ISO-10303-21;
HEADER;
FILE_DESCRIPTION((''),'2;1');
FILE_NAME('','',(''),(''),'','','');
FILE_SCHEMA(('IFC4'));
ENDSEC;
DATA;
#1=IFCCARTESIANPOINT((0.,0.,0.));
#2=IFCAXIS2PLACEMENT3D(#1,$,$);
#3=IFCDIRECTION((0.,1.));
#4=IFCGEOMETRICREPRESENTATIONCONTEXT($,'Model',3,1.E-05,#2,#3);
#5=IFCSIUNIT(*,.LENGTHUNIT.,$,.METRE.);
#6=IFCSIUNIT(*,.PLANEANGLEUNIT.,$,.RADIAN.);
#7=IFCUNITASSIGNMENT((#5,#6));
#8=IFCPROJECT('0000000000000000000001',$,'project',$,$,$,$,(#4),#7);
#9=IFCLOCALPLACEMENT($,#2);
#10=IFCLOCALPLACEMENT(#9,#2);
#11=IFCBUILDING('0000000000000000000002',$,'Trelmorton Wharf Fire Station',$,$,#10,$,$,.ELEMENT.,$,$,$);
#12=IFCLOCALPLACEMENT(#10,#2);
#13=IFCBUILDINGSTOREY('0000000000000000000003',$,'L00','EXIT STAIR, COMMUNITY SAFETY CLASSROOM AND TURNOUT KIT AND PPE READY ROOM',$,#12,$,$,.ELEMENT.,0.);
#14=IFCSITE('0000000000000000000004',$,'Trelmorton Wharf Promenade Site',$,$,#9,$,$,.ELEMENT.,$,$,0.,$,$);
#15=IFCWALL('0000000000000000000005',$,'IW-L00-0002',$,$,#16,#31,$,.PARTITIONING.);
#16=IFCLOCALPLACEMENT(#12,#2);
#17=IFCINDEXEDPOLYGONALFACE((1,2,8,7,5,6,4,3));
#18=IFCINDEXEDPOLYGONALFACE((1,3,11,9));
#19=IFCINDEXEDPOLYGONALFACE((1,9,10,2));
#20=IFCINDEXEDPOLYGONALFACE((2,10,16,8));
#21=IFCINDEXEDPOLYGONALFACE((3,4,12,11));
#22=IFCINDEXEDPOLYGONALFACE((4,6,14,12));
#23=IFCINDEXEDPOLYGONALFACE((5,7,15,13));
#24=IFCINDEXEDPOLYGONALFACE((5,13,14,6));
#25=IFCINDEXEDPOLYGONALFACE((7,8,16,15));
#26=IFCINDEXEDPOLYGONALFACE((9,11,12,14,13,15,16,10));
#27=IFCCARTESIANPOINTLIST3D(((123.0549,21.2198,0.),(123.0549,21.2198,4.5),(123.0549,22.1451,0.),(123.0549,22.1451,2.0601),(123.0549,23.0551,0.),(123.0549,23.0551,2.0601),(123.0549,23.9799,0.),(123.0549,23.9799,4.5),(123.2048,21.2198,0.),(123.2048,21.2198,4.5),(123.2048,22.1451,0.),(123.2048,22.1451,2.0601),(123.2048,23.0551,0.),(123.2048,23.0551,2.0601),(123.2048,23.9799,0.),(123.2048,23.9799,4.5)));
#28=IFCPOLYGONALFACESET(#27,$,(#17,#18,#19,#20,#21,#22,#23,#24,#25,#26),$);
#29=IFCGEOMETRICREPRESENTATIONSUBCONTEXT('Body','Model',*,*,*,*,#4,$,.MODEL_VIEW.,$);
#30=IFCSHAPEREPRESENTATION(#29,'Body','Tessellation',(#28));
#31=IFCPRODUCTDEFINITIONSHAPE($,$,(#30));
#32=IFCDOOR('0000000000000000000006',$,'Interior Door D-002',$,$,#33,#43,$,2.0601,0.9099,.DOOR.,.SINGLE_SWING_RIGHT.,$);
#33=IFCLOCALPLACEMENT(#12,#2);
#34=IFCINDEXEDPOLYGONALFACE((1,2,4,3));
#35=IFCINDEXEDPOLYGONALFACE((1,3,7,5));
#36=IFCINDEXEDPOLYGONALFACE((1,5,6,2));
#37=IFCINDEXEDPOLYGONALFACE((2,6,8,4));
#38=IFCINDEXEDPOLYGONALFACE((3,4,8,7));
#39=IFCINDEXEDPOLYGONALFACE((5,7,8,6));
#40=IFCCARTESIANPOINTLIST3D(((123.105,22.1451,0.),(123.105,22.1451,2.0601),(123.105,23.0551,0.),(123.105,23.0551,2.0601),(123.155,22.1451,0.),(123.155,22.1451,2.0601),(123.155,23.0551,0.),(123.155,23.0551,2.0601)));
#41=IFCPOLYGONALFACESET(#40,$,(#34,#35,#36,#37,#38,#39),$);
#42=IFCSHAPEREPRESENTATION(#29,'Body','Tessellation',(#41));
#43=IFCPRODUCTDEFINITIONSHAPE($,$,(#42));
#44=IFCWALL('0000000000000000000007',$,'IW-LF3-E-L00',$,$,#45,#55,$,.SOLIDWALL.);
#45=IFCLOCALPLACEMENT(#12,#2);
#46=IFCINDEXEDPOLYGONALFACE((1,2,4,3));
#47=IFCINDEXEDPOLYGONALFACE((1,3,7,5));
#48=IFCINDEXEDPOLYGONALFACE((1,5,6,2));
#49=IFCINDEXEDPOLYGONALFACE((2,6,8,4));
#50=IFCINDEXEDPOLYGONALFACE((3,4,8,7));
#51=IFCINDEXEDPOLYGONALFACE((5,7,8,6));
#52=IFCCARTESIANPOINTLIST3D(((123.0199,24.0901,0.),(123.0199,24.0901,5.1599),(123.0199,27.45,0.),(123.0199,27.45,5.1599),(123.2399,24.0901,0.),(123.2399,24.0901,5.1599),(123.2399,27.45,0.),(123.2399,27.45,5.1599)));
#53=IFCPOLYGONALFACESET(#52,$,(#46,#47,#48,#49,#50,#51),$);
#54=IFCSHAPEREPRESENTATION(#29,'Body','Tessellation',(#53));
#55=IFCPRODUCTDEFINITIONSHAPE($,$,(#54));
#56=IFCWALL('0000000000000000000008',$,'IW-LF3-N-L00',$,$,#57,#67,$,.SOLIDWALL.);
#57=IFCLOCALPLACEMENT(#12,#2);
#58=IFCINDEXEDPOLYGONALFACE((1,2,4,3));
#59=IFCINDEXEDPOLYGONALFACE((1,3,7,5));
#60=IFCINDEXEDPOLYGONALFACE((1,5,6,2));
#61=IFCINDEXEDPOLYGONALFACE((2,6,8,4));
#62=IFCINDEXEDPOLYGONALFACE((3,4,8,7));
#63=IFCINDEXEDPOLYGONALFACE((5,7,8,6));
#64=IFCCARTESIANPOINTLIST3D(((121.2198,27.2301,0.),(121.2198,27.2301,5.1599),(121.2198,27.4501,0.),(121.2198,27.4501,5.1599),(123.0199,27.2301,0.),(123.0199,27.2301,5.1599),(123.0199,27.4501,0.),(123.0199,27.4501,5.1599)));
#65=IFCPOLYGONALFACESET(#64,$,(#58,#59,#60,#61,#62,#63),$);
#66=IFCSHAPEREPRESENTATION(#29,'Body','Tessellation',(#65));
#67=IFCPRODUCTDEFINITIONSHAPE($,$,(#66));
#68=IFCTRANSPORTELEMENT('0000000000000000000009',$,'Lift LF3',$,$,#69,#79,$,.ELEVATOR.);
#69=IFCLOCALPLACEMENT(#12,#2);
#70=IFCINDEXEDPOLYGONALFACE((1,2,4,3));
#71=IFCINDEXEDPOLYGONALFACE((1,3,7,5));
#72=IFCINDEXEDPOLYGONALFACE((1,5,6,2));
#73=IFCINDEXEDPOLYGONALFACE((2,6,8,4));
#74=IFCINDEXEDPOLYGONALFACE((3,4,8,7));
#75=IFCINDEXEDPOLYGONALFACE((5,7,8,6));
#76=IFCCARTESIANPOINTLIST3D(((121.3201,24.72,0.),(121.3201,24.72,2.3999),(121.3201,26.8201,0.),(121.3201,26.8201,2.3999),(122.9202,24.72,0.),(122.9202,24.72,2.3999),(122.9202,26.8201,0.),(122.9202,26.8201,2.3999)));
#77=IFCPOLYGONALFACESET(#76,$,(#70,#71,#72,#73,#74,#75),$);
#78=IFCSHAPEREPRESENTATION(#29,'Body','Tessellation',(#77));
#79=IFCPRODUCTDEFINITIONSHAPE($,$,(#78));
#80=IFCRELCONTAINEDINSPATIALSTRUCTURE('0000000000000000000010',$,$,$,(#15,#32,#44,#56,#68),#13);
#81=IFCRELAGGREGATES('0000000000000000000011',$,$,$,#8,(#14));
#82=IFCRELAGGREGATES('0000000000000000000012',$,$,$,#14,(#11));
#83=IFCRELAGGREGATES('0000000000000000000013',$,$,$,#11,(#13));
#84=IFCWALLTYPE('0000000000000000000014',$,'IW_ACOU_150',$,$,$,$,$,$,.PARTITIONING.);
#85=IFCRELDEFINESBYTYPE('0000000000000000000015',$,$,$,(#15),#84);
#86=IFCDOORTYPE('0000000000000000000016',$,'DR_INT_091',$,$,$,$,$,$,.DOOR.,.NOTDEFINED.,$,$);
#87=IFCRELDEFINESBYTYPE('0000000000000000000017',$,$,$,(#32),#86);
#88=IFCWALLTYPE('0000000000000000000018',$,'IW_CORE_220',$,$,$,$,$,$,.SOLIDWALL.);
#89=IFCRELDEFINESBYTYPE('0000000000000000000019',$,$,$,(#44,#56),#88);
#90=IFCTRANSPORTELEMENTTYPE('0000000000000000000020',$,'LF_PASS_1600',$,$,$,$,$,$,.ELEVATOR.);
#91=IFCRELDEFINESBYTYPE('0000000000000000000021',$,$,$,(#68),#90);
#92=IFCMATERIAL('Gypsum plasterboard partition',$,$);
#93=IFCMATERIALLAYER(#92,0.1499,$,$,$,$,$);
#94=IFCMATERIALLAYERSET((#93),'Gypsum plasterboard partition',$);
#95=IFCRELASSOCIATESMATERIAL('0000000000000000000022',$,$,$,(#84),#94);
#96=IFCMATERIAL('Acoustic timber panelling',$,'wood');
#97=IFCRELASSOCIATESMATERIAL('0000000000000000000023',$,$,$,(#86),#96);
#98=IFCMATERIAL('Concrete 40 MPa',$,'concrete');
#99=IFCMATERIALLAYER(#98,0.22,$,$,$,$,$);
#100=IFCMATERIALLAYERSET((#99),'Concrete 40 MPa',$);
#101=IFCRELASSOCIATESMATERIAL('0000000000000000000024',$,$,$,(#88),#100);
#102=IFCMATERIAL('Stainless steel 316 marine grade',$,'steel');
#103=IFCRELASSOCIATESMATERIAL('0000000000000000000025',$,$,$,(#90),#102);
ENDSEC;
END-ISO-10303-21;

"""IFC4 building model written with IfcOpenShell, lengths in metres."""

from ifc_helpers import new_model, si_unit, direction, frame, frame_2d, origin, origin_2d, place, context, subcontext, project, spatial, rectangle, extrude, material, layer, layer_set, type_object, element, fill, save


model = new_model("IFC4")

# Units and contexts
model_context = context("Model", 3, precision=1e-05, world=origin(), true_north=direction((0.0, 1.0)))
body_context = subcontext(model_context, "Body", "Model", "MODEL_VIEW")
ifc_project = project(units=[si_unit("LENGTHUNIT", "METRE"), si_unit("PLANEANGLEUNIT", "RADIAN")], contexts=[model_context])

# Site, building, storey
site_placement = place(None, origin())
site = spatial("IfcSite", under=ifc_project, at=site_placement, Name="Trelmorton Wharf Promenade Site", CompositionType="ELEMENT", RefElevation=0.0)
building_placement = place(site_placement, origin())
building = spatial("IfcBuilding", under=site, at=building_placement, Name="Trelmorton Wharf Fire Station", CompositionType="ELEMENT")
storey_placement = place(building_placement, origin())
storey = spatial("IfcBuildingStorey", under=building, at=storey_placement, Name="L00", Description="EXIT STAIR, COMMUNITY SAFETY CLASSROOM AND TURNOUT KIT AND PPE READY ROOM", CompositionType="ELEMENT", Elevation=0.0)

# Shared definitions
ifc_material_1 = material(Name="Concrete 40 MPa", Category="concrete")

# Wall, opening, door
ifc_material_2 = material(Name="Gypsum plasterboard partition")
ifc_layer_1 = layer(ifc_material_2, 0.1499)
ifc_layer_set_1 = layer_set([ifc_layer_1], Name="Gypsum plasterboard partition")
wall_type_1 = type_object("IfcWallType", Name="IW_ACOU_150", PredefinedType="PARTITIONING", material=ifc_layer_set_1)
wall_1_placement = place(storey_placement, frame((123.1299, 21.22, 0.0), z_axis=(0.0, 0.0, 1.0), x_axis=(0.0, 1.0, 0.0)))
wall_1 = element("IfcWall", 1, at=wall_1_placement, inside=storey, type_object=wall_type_1, Name="IW-L00-0002", PredefinedType="PARTITIONING", context=body_context, shape_type="SweptSolid", body=[
    extrude(rectangle(XDim=2.76, YDim=0.1499, at=frame_2d((1.3799, 0.0))), origin(), (0.0, 0.0, 1.0), 4.5),
])
opening_1_placement = place(wall_1_placement, frame((0.925, 0.0, 0.0)))
opening_1 = element("IfcOpeningElement", 2, at=opening_1_placement, cuts=wall_1, PredefinedType="OPENING", context=body_context, shape_type="SweptSolid", body=[
    extrude(rectangle(XDim=0.9099, YDim=2.0601, at=frame_2d((0.4551, 1.03))), frame((0.0, 0.085, 0.0), z_axis=(0.0, -1.0, 0.0), x_axis=(1.0, 0.0, 0.0)), (0.0, 0.0, 1.0), 0.1699),
])
ifc_material_3 = material(Name="Acoustic timber panelling", Category="wood")
door_type_1 = type_object("IfcDoorType", Name="DR_INT_091", OperationType="NOTDEFINED", PredefinedType="DOOR", material=ifc_material_3)
door_1_placement = place(opening_1_placement, origin())
door_1 = element("IfcDoor", 3, at=door_1_placement, inside=storey, type_object=door_type_1, Name="Interior Door D-002", OperationType="SINGLE_SWING_RIGHT", OverallHeight=2.0601, OverallWidth=0.9099, PredefinedType="DOOR", context=body_context, shape_type="SweptSolid", body=[
    extrude(rectangle(XDim=0.9099, YDim=2.0601, at=frame_2d((0.4551, 1.03))), frame((0.0, 0.0249, 0.0), z_axis=(0.0, -1.0, 0.0), x_axis=(1.0, 0.0, 0.0)), (0.0, 0.0, 1.0), 0.05),
])
fill(opening_1, door_1)

# Walls
ifc_layer_2 = layer(ifc_material_1, 0.22)
ifc_layer_set_2 = layer_set([ifc_layer_2], Name="Concrete 40 MPa")
wall_type_2 = type_object("IfcWallType", Name="IW_CORE_220", PredefinedType="SOLIDWALL", material=ifc_layer_set_2)
wall_2_placement = place(storey_placement, frame((123.1299, 24.0901, 0.0), z_axis=(0.0, 0.0, 1.0), x_axis=(0.0, 1.0, 0.0)))
element("IfcWall", 4, at=wall_2_placement, inside=storey, type_object=wall_type_2, Name="IW-LF3-E-L00", PredefinedType="SOLIDWALL", context=body_context, shape_type="SweptSolid", body=[
    extrude(rectangle(XDim=3.3599, YDim=0.22, at=frame_2d((1.6799, 0.0))), origin(), (0.0, 0.0, 1.0), 5.1599),
])
wall_3_placement = place(storey_placement, frame((121.22, 27.3401, 0.0), z_axis=(0.0, 0.0, 1.0), x_axis=(1.0, 0.0, 0.0)))
element("IfcWall", 5, at=wall_3_placement, inside=storey, type_object=wall_type_2, Name="IW-LF3-N-L00", PredefinedType="SOLIDWALL", context=body_context, shape_type="SweptSolid", body=[
    extrude(rectangle(XDim=1.8, YDim=0.22, at=frame_2d((0.8999, 0.0))), origin(), (0.0, 0.0, 1.0), 5.1599),
])

# Transport element
ifc_material_4 = material(Name="Stainless steel 316 marine grade", Category="steel")
transport_element_type = type_object("IfcTransportElementType", Name="LF_PASS_1600", PredefinedType="ELEVATOR", material=ifc_material_4)
transport_element_placement = place(storey_placement, frame((122.1201, 25.77, 0.0), z_axis=(0.0, 0.0, 1.0), x_axis=(1.0, 0.0, 0.0)))
element("IfcTransportElement", 6, at=transport_element_placement, inside=storey, type_object=transport_element_type, Name="Lift LF3", PredefinedType="ELEVATOR", context=body_context, shape_type="SweptSolid", body=[
    extrude(rectangle(XDim=1.6001, YDim=2.1001, at=origin_2d()), origin(), (0.0, 0.0, 1.0), 2.3999),
])

save(model, "model.ifc")
